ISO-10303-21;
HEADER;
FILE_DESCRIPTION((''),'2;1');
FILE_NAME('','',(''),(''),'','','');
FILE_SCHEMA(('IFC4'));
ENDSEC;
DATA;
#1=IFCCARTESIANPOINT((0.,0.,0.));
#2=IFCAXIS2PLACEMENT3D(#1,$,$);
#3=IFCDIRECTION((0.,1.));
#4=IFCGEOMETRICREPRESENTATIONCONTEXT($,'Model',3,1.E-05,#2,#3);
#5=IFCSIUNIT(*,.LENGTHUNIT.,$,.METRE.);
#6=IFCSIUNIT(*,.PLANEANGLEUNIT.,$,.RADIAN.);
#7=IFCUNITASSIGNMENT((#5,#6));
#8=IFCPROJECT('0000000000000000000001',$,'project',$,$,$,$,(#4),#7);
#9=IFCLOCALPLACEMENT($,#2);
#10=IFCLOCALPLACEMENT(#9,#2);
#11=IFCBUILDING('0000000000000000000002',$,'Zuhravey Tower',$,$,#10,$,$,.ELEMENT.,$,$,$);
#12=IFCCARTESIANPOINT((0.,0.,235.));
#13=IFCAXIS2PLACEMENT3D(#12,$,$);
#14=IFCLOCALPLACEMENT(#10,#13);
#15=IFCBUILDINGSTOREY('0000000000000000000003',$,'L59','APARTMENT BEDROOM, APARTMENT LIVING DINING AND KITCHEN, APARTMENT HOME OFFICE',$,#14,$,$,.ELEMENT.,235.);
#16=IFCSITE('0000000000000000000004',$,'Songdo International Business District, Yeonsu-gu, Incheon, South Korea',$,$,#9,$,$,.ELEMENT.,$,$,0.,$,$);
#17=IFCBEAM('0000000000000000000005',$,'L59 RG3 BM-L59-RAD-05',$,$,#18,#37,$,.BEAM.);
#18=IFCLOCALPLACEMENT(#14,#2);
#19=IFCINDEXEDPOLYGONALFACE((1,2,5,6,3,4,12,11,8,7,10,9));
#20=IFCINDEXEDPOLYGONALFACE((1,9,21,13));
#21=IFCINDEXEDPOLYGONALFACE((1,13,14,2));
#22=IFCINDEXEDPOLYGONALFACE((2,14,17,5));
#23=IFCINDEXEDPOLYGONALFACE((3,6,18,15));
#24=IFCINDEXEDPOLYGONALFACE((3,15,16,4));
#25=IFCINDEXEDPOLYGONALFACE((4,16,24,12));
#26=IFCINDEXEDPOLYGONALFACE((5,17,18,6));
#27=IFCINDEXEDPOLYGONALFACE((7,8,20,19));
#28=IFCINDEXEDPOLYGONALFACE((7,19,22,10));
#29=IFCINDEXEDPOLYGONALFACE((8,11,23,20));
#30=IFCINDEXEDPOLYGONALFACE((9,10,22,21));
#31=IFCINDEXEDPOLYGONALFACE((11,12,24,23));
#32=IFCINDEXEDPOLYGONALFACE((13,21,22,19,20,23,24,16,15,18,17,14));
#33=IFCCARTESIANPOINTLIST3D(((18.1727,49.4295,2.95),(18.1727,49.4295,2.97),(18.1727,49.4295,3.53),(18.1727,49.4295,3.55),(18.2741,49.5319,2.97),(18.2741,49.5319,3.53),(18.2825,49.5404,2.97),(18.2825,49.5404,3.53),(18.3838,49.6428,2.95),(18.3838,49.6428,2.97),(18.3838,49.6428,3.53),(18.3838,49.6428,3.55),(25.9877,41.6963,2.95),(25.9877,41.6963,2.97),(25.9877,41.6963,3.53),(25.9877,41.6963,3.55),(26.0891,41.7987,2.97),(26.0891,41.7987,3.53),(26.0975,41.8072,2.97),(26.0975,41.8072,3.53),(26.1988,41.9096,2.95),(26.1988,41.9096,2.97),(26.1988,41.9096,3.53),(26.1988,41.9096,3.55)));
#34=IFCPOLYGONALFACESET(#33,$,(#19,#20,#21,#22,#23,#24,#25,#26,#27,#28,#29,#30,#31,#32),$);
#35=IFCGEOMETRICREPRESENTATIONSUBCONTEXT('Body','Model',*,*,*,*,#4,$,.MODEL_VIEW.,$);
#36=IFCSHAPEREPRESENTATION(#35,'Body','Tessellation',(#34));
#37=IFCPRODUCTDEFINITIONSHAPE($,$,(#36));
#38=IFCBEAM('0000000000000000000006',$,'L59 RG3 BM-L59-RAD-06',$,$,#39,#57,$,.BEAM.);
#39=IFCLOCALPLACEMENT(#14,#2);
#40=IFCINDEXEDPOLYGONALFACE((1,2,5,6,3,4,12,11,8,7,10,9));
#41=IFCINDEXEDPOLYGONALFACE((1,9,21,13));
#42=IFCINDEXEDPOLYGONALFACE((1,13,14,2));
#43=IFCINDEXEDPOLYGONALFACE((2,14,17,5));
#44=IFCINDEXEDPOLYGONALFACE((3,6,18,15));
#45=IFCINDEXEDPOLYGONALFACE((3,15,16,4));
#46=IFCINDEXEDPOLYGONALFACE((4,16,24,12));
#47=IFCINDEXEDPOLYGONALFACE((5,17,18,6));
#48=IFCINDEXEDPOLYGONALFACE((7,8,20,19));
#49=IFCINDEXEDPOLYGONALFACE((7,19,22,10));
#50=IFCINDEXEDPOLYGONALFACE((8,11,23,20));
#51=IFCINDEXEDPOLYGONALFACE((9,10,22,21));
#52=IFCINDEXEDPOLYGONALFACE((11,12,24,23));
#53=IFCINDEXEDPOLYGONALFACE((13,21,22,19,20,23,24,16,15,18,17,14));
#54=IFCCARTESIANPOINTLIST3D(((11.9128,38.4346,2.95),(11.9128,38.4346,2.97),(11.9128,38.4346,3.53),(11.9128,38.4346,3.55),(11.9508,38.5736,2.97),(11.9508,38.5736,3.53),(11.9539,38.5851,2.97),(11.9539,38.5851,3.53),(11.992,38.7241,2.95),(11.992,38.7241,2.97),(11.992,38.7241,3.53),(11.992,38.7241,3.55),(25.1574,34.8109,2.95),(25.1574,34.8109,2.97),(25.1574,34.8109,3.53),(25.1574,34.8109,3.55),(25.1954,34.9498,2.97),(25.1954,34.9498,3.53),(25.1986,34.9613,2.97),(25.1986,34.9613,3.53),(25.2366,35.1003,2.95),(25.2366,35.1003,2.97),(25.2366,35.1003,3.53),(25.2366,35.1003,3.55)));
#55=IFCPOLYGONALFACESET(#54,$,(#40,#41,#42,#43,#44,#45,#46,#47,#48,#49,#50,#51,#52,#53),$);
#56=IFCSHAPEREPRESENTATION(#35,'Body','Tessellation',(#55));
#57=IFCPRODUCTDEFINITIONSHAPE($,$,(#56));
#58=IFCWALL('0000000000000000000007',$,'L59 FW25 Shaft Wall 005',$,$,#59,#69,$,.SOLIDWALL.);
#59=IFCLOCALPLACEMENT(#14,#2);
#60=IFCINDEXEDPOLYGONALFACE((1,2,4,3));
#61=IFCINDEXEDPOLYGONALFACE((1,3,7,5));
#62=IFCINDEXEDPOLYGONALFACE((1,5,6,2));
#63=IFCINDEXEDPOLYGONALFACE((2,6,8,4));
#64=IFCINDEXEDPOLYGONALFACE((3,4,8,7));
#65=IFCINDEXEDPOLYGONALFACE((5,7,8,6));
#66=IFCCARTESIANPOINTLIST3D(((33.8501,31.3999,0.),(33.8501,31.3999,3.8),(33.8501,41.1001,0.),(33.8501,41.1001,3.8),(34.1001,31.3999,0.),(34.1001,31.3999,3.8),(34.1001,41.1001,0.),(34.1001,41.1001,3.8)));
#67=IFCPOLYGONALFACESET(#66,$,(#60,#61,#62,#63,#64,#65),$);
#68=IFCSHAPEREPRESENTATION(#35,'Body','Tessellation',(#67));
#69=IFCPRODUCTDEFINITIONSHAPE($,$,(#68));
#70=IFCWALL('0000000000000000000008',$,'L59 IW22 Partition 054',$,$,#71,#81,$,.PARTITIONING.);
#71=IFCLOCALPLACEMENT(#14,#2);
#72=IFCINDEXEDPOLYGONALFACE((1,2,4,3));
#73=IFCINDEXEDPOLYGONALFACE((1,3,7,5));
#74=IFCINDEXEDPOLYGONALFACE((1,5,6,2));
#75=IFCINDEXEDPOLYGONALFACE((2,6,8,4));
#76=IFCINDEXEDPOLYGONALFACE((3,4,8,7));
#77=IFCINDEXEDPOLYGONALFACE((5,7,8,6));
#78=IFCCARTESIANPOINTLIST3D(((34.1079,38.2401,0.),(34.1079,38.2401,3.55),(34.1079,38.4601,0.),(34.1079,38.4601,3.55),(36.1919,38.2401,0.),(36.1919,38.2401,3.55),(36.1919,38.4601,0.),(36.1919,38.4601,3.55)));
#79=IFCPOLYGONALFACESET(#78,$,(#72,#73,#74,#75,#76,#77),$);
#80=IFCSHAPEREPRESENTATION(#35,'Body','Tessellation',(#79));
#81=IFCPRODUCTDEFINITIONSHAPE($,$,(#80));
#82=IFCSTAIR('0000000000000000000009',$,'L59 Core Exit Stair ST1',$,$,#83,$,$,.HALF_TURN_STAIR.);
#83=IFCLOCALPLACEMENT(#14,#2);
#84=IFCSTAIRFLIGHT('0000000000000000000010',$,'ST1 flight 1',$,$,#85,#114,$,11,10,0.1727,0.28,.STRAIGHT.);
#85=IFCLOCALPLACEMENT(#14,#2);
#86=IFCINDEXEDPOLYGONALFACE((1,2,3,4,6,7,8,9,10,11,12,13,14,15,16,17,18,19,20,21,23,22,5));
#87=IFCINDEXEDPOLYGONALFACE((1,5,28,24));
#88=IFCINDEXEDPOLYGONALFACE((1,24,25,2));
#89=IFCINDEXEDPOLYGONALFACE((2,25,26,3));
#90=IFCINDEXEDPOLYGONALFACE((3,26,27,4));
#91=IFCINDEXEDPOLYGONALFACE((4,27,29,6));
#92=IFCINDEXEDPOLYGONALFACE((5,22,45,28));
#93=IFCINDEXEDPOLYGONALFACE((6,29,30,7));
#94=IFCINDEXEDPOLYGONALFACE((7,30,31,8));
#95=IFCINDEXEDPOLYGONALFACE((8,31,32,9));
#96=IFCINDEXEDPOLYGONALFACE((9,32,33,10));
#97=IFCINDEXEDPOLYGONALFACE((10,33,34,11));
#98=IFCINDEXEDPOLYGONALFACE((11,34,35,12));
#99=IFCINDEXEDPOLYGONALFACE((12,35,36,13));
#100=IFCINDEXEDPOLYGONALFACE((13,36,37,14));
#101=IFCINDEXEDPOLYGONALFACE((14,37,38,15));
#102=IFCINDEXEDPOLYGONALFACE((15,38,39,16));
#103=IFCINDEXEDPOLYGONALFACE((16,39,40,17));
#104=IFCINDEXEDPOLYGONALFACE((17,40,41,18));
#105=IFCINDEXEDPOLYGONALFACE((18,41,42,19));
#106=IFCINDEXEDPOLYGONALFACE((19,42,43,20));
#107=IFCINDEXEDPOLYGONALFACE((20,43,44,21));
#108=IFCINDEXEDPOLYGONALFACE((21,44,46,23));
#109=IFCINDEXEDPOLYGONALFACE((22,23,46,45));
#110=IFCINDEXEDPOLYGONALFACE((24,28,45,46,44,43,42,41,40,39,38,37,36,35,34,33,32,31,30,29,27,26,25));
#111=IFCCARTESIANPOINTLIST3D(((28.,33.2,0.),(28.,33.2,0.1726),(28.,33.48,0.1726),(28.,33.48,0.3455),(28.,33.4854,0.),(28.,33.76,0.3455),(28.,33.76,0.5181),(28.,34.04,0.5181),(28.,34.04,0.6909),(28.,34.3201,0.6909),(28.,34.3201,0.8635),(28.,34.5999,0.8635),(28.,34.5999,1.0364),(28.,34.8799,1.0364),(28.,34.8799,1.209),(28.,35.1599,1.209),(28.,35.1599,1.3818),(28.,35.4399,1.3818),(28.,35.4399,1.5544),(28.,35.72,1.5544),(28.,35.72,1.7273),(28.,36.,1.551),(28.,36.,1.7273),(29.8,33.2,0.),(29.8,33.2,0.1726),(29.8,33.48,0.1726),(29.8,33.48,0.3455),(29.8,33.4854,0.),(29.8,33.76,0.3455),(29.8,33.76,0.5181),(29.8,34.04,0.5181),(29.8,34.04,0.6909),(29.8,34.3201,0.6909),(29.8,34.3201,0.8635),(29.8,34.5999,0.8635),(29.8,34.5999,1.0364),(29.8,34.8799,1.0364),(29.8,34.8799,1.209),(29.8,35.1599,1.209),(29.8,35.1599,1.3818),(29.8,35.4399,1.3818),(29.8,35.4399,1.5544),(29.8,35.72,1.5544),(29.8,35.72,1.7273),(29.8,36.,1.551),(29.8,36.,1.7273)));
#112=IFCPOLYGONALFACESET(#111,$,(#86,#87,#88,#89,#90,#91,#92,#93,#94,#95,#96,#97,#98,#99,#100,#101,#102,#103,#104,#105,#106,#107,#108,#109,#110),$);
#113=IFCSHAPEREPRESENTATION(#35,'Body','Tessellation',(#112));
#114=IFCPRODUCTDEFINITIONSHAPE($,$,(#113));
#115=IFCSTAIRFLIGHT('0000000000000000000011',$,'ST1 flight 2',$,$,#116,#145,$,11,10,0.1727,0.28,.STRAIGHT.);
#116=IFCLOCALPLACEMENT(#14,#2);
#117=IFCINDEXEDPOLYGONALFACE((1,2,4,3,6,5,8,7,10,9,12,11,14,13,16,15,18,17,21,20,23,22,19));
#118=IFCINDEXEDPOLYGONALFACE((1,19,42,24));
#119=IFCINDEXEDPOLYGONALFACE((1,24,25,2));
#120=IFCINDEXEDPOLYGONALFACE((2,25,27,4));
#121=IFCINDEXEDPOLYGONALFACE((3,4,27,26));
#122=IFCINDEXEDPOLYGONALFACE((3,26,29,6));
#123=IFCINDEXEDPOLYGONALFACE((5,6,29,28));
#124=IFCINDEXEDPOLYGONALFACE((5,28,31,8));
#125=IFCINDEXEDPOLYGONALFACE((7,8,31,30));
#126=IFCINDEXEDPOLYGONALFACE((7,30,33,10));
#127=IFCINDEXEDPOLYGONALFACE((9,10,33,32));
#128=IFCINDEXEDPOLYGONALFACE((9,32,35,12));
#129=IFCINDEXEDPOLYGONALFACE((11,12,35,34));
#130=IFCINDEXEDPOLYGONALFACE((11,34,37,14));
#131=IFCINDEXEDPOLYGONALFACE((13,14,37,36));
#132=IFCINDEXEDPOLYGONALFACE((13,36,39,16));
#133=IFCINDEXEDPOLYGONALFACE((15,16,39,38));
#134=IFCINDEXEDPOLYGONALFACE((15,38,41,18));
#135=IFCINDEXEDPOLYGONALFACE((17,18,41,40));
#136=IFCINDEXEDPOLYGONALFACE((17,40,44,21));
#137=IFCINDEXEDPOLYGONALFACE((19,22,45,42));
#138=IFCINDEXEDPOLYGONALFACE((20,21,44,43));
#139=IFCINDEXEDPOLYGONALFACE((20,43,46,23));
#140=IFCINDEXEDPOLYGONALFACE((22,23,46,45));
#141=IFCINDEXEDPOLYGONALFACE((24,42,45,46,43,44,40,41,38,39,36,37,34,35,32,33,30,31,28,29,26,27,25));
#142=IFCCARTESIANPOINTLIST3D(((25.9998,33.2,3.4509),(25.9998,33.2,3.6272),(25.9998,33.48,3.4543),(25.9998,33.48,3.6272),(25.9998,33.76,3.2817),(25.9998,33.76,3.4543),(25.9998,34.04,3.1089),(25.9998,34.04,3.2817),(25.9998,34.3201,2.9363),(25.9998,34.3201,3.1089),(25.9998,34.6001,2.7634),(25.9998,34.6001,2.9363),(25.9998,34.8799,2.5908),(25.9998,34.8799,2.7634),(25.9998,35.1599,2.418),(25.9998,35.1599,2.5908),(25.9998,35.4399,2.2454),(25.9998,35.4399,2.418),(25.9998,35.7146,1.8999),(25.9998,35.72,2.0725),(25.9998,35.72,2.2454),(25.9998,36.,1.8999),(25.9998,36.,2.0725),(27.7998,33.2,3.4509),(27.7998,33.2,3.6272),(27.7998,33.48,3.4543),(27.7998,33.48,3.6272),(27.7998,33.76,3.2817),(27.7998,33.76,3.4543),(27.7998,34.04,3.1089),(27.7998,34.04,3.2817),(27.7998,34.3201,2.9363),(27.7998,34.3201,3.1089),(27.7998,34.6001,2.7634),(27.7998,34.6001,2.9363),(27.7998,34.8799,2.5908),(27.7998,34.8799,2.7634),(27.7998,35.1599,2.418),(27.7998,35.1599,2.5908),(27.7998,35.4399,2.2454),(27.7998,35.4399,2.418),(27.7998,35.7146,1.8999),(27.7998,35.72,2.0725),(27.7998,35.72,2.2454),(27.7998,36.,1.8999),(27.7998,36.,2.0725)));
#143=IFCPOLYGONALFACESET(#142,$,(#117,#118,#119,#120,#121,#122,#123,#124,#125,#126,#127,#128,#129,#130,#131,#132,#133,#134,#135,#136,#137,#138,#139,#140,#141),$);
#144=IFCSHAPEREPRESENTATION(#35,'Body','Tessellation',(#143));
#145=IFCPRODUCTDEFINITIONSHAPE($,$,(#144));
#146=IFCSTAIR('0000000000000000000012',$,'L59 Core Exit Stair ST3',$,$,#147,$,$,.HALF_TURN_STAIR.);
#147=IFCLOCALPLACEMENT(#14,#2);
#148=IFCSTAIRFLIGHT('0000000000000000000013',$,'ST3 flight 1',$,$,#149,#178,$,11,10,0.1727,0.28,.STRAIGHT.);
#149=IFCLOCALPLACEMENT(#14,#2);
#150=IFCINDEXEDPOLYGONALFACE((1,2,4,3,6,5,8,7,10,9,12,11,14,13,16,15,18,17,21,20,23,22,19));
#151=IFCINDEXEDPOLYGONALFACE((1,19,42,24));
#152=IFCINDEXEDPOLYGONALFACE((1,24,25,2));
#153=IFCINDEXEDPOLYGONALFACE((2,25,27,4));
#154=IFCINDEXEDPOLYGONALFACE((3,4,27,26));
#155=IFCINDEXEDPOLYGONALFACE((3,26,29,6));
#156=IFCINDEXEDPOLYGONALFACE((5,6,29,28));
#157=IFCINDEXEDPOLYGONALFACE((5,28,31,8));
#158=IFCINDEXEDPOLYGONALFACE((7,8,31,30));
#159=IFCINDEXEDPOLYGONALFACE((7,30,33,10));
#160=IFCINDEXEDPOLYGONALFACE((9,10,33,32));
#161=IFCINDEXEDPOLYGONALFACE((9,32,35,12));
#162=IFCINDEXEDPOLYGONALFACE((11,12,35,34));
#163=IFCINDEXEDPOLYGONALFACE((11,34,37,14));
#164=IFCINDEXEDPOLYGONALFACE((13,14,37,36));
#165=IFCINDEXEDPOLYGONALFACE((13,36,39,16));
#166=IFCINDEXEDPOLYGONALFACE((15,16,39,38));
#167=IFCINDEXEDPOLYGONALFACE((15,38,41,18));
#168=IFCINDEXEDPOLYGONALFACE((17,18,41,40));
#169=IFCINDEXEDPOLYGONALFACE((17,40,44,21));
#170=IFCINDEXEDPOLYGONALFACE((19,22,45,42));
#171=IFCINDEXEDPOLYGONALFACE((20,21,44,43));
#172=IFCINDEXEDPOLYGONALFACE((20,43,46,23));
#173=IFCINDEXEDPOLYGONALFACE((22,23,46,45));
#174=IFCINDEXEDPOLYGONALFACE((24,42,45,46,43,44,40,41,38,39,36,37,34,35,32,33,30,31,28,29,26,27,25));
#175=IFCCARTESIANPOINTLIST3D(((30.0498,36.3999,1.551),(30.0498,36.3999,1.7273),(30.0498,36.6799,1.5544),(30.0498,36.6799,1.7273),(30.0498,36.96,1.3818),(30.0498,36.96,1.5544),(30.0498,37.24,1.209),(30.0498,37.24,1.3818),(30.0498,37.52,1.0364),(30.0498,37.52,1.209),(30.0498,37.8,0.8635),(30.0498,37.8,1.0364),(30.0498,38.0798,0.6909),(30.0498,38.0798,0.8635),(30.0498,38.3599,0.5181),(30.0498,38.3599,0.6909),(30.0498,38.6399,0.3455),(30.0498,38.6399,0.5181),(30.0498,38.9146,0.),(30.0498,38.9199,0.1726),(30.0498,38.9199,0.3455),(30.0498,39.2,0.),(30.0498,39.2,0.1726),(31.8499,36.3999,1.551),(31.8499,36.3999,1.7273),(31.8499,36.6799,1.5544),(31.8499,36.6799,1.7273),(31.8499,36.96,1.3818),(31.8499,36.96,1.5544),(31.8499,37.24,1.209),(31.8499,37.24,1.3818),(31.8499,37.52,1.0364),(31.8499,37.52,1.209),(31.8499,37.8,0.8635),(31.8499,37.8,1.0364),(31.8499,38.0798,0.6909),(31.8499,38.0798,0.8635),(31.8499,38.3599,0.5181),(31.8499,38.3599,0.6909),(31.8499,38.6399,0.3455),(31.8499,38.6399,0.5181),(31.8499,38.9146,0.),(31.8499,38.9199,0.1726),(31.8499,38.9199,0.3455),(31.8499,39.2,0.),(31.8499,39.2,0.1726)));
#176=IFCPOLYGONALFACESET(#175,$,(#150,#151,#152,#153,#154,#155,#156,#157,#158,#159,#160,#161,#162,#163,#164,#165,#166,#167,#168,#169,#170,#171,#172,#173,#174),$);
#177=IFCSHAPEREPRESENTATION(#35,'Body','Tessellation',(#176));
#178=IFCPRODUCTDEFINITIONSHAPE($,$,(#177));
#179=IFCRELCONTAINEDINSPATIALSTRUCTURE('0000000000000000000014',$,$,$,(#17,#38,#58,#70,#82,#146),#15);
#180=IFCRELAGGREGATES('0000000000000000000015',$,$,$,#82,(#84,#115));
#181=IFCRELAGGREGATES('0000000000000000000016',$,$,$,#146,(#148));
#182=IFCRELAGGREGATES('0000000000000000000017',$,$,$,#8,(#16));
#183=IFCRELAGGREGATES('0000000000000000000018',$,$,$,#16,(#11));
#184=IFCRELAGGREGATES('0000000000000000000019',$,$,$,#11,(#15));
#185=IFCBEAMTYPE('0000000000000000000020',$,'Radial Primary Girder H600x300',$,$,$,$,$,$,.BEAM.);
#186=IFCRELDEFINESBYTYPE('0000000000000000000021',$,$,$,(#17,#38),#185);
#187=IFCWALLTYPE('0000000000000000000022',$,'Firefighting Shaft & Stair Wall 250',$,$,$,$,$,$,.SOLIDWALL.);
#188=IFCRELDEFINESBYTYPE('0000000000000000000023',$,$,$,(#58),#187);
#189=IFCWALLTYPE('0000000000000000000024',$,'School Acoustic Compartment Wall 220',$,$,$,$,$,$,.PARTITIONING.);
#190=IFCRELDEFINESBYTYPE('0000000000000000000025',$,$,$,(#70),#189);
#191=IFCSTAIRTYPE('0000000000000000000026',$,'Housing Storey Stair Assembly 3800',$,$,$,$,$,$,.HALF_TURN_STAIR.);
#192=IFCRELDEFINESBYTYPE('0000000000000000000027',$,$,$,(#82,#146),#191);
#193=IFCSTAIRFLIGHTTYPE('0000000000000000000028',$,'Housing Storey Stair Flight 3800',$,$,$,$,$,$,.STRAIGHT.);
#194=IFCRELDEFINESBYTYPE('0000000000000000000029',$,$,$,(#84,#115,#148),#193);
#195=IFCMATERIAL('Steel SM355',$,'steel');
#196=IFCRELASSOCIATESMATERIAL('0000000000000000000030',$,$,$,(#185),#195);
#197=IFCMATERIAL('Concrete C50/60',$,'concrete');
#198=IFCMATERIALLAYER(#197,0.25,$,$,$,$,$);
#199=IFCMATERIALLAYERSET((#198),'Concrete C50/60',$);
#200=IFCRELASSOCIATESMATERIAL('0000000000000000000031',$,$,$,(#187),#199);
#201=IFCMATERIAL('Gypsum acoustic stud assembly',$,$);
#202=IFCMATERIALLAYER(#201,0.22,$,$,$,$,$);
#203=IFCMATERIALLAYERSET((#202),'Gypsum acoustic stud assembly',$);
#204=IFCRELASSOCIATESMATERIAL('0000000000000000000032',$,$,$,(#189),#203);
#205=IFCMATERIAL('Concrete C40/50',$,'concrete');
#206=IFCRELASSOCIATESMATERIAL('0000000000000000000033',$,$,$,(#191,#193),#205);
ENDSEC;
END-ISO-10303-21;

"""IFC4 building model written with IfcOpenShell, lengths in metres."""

from ifc_helpers import new_model, si_unit, direction, frame, frame_2d, origin, origin_2d, place, context, subcontext, project, spatial, polyline, rectangle, i_section, outline, extrude, material, layer, layer_set, material_profile, profile_set, type_object, element, aggregate, save


model = new_model("IFC4")

# Units and contexts
model_context = context("Model", 3, precision=1e-05, world=origin(), true_north=direction((0.0, 1.0)))
body_context = subcontext(model_context, "Body", "Model", "MODEL_VIEW")
ifc_project = project(units=[si_unit("LENGTHUNIT", "METRE"), si_unit("PLANEANGLEUNIT", "RADIAN")], contexts=[model_context])

# Site, building, storey
site_placement = place(None, origin())
site = spatial("IfcSite", under=ifc_project, at=site_placement, Name="Songdo International Business District, Yeonsu-gu, Incheon, South Korea", CompositionType="ELEMENT", RefElevation=0.0)
building_placement = place(site_placement, origin())
building = spatial("IfcBuilding", under=site, at=building_placement, Name="Zuhravey Tower", CompositionType="ELEMENT")
storey_placement = place(building_placement, frame((0.0, 0.0, 235.0)))
storey = spatial("IfcBuildingStorey", under=building, at=storey_placement, Name="L59", Description="APARTMENT BEDROOM, APARTMENT LIVING DINING AND KITCHEN, APARTMENT HOME OFFICE", CompositionType="ELEMENT", Elevation=235.0)

# Beams
ifc_material_1 = material(Name="Steel SM355", Category="steel")
ifc_material_profile = material_profile(ifc_material_1, i_section(OverallWidth=0.3, OverallDepth=0.6001, WebThickness=0.012, FlangeThickness=0.02, at=origin_2d()), Name="H-600x300x12x20")
ifc_profile_set = profile_set([ifc_material_profile], Name="Steel SM355")
beam_type = type_object("IfcBeamType", Name="Radial Primary Girder H600x300", PredefinedType="BEAM", material=ifc_profile_set)
beam_1_placement = place(storey_placement, frame((26.0933, 41.803, 3.25), z_axis=(-0.710817, 0.703377, 0.0), x_axis=(-0.703377, -0.710817, 0.0)))
element("IfcBeam", 1, at=beam_1_placement, inside=storey, type_object=beam_type, Name="L59 RG3 BM-L59-RAD-05", PredefinedType="BEAM", context=body_context, shape_type="SweptSolid", body=[
    extrude(i_section(OverallWidth=0.3, OverallDepth=0.6001, WebThickness=0.012, FlangeThickness=0.02, at=origin_2d()), origin(), (0.0, 0.0, 1.0), 10.9944),
])
beam_2_placement = place(storey_placement, frame((25.197, 34.9556, 3.25), z_axis=(-0.964549, 0.263904, 0.0), x_axis=(-0.263904, -0.964549, 0.0)))
element("IfcBeam", 2, at=beam_2_placement, inside=storey, type_object=beam_type, Name="L59 RG3 BM-L59-RAD-06", PredefinedType="BEAM", context=body_context, shape_type="SweptSolid", body=[
    extrude(i_section(OverallWidth=0.3, OverallDepth=0.6001, WebThickness=0.012, FlangeThickness=0.02, at=origin_2d()), origin(), (0.0, 0.0, 1.0), 13.7314),
])

# Walls
ifc_material_2 = material(Name="Concrete C50/60", Category="concrete")
ifc_layer_1 = layer(ifc_material_2, 0.25)
ifc_layer_set_1 = layer_set([ifc_layer_1], Name="Concrete C50/60")
wall_type_1 = type_object("IfcWallType", Name="Firefighting Shaft & Stair Wall 250", PredefinedType="SOLIDWALL", material=ifc_layer_set_1)
wall_1_placement = place(storey_placement, frame((33.9751, 31.3999, 0.0), z_axis=(0.0, 0.0, 1.0), x_axis=(0.0, 1.0, 0.0)))
element("IfcWall", 3, at=wall_1_placement, inside=storey, type_object=wall_type_1, Name="L59 FW25 Shaft Wall 005", PredefinedType="SOLIDWALL", context=body_context, shape_type="SweptSolid", body=[
    extrude(rectangle(XDim=9.7002, YDim=0.25, at=frame_2d((4.8501, 0.0))), origin(), (0.0, 0.0, 1.0), 3.8),
])
ifc_material_3 = material(Name="Gypsum acoustic stud assembly")
ifc_layer_2 = layer(ifc_material_3, 0.22)
ifc_layer_set_2 = layer_set([ifc_layer_2], Name="Gypsum acoustic stud assembly")
wall_type_2 = type_object("IfcWallType", Name="School Acoustic Compartment Wall 220", PredefinedType="PARTITIONING", material=ifc_layer_set_2)
wall_2_placement = place(storey_placement, frame((34.1079, 38.3501, 0.0), z_axis=(0.0, 0.0, 1.0), x_axis=(1.0, 0.0, 0.0)))
element("IfcWall", 4, at=wall_2_placement, inside=storey, type_object=wall_type_2, Name="L59 IW22 Partition 054", PredefinedType="PARTITIONING", context=body_context, shape_type="SweptSolid", body=[
    extrude(rectangle(XDim=2.084, YDim=0.22, at=frame_2d((1.042, 0.0))), origin(), (0.0, 0.0, 1.0), 3.55),
])

# Stairs, stair flights
ifc_material_4 = material(Name="Concrete C40/50", Category="concrete")
stair_type = type_object("IfcStairType", Name="Housing Storey Stair Assembly 3800", PredefinedType="HALF_TURN_STAIR", material=ifc_material_4)
stair_1_placement = place(storey_placement, origin())
stair_1 = element("IfcStair", 5, at=stair_1_placement, inside=storey, type_object=stair_type, Name="L59 Core Exit Stair ST1", PredefinedType="HALF_TURN_STAIR")
stair_flight_type = type_object("IfcStairFlightType", Name="Housing Storey Stair Flight 3800", PredefinedType="STRAIGHT", material=ifc_material_4)
stair_flight_1_placement = place(storey_placement, frame((28.8999, 33.2, 0.0), z_axis=(0.0, 0.0, 1.0), x_axis=(0.0, 1.0, 0.0)))
stair_flight_1 = element("IfcStairFlight", 6, at=stair_flight_1_placement, type_object=stair_flight_type, Name="ST1 flight 1", NumberOfRisers=11, NumberOfTreads=10, PredefinedType="STRAIGHT", RiserHeight=0.1727, TreadLength=0.28, context=body_context, shape_type="SweptSolid", body=[
    extrude(outline(polyline([(0.0, 0.0), (0.0, 0.1726), (0.28, 0.1726), (0.28, 0.3455), (0.5601, 0.3455), (0.5601, 0.5181), (0.8401, 0.5181), (0.8401, 0.6909), (1.1201, 0.6909), (1.1201, 0.8635), (1.3999, 0.8635), (1.3999, 1.0364), (1.6799, 1.0364), (1.6799, 1.209), (1.96, 1.209), (1.96, 1.3818), (2.24, 1.3818), (2.24, 1.5544), (2.52, 1.5544), (2.52, 1.7273), (2.8, 1.7273), (2.8, 1.8999), (2.8, 1.551), (0.2854, 0.0), (0.0, 0.0)])), frame((0.0, 0.8999, 0.0), z_axis=(0.0, -1.0, 0.0), x_axis=(1.0, 0.0, 0.0)), (0.0, 0.0, 1.0), 1.8),
])
stair_flight_2_placement = place(storey_placement, frame((26.8999, 36.0, 1.8999), z_axis=(0.0, 0.0, 1.0), x_axis=(0.0, -1.0, 0.0)))
stair_flight_2 = element("IfcStairFlight", 7, at=stair_flight_2_placement, type_object=stair_flight_type, Name="ST1 flight 2", NumberOfRisers=11, NumberOfTreads=10, PredefinedType="STRAIGHT", RiserHeight=0.1727, TreadLength=0.28, context=body_context, shape_type="SweptSolid", body=[
    extrude(outline(polyline([(0.0, 0.0), (0.0, 0.1726), (0.28, 0.1726), (0.28, 0.3455), (0.5601, 0.3455), (0.5601, 0.5181), (0.8401, 0.5181), (0.8401, 0.6909), (1.1201, 0.6909), (1.1201, 0.8635), (1.3999, 0.8635), (1.3999, 1.0364), (1.6799, 1.0364), (1.6799, 1.209), (1.96, 1.209), (1.96, 1.3818), (2.24, 1.3818), (2.24, 1.5544), (2.52, 1.5544), (2.52, 1.7273), (2.8, 1.7273), (2.8, 1.8999), (2.8, 1.551), (0.2854, 0.0), (0.0, 0.0)])), frame((0.0, 0.8999, 0.0), z_axis=(0.0, -1.0, 0.0), x_axis=(1.0, 0.0, 0.0)), (0.0, 0.0, 1.0), 1.8),
])
aggregate(stair_1, [stair_flight_1, stair_flight_2])
stair_2_placement = place(storey_placement, origin())
stair_2 = element("IfcStair", 8, at=stair_2_placement, inside=storey, type_object=stair_type, Name="L59 Core Exit Stair ST3", PredefinedType="HALF_TURN_STAIR")
stair_flight_3_placement = place(storey_placement, frame((30.95, 39.2, 0.0), z_axis=(0.0, 0.0, 1.0), x_axis=(0.0, -1.0, 0.0)))
stair_flight_3 = element("IfcStairFlight", 9, at=stair_flight_3_placement, type_object=stair_flight_type, Name="ST3 flight 1", NumberOfRisers=11, NumberOfTreads=10, PredefinedType="STRAIGHT", RiserHeight=0.1727, TreadLength=0.28, context=body_context, shape_type="SweptSolid", body=[
    extrude(outline(polyline([(0.0, 0.0), (0.0, 0.1726), (0.28, 0.1726), (0.28, 0.3455), (0.5601, 0.3455), (0.5601, 0.5181), (0.8401, 0.5181), (0.8401, 0.6909), (1.1201, 0.6909), (1.1201, 0.8635), (1.3999, 0.8635), (1.3999, 1.0364), (1.6799, 1.0364), (1.6799, 1.209), (1.96, 1.209), (1.96, 1.3818), (2.24, 1.3818), (2.24, 1.5544), (2.52, 1.5544), (2.52, 1.7273), (2.8, 1.7273), (2.8, 1.8999), (2.8, 1.551), (0.2854, 0.0), (0.0, 0.0)])), frame((0.0, 0.8999, 0.0), z_axis=(0.0, -1.0, 0.0), x_axis=(1.0, 0.0, 0.0)), (0.0, 0.0, 1.0), 1.8),
])
aggregate(stair_2, [stair_flight_3])

save(model, "model.ifc")
